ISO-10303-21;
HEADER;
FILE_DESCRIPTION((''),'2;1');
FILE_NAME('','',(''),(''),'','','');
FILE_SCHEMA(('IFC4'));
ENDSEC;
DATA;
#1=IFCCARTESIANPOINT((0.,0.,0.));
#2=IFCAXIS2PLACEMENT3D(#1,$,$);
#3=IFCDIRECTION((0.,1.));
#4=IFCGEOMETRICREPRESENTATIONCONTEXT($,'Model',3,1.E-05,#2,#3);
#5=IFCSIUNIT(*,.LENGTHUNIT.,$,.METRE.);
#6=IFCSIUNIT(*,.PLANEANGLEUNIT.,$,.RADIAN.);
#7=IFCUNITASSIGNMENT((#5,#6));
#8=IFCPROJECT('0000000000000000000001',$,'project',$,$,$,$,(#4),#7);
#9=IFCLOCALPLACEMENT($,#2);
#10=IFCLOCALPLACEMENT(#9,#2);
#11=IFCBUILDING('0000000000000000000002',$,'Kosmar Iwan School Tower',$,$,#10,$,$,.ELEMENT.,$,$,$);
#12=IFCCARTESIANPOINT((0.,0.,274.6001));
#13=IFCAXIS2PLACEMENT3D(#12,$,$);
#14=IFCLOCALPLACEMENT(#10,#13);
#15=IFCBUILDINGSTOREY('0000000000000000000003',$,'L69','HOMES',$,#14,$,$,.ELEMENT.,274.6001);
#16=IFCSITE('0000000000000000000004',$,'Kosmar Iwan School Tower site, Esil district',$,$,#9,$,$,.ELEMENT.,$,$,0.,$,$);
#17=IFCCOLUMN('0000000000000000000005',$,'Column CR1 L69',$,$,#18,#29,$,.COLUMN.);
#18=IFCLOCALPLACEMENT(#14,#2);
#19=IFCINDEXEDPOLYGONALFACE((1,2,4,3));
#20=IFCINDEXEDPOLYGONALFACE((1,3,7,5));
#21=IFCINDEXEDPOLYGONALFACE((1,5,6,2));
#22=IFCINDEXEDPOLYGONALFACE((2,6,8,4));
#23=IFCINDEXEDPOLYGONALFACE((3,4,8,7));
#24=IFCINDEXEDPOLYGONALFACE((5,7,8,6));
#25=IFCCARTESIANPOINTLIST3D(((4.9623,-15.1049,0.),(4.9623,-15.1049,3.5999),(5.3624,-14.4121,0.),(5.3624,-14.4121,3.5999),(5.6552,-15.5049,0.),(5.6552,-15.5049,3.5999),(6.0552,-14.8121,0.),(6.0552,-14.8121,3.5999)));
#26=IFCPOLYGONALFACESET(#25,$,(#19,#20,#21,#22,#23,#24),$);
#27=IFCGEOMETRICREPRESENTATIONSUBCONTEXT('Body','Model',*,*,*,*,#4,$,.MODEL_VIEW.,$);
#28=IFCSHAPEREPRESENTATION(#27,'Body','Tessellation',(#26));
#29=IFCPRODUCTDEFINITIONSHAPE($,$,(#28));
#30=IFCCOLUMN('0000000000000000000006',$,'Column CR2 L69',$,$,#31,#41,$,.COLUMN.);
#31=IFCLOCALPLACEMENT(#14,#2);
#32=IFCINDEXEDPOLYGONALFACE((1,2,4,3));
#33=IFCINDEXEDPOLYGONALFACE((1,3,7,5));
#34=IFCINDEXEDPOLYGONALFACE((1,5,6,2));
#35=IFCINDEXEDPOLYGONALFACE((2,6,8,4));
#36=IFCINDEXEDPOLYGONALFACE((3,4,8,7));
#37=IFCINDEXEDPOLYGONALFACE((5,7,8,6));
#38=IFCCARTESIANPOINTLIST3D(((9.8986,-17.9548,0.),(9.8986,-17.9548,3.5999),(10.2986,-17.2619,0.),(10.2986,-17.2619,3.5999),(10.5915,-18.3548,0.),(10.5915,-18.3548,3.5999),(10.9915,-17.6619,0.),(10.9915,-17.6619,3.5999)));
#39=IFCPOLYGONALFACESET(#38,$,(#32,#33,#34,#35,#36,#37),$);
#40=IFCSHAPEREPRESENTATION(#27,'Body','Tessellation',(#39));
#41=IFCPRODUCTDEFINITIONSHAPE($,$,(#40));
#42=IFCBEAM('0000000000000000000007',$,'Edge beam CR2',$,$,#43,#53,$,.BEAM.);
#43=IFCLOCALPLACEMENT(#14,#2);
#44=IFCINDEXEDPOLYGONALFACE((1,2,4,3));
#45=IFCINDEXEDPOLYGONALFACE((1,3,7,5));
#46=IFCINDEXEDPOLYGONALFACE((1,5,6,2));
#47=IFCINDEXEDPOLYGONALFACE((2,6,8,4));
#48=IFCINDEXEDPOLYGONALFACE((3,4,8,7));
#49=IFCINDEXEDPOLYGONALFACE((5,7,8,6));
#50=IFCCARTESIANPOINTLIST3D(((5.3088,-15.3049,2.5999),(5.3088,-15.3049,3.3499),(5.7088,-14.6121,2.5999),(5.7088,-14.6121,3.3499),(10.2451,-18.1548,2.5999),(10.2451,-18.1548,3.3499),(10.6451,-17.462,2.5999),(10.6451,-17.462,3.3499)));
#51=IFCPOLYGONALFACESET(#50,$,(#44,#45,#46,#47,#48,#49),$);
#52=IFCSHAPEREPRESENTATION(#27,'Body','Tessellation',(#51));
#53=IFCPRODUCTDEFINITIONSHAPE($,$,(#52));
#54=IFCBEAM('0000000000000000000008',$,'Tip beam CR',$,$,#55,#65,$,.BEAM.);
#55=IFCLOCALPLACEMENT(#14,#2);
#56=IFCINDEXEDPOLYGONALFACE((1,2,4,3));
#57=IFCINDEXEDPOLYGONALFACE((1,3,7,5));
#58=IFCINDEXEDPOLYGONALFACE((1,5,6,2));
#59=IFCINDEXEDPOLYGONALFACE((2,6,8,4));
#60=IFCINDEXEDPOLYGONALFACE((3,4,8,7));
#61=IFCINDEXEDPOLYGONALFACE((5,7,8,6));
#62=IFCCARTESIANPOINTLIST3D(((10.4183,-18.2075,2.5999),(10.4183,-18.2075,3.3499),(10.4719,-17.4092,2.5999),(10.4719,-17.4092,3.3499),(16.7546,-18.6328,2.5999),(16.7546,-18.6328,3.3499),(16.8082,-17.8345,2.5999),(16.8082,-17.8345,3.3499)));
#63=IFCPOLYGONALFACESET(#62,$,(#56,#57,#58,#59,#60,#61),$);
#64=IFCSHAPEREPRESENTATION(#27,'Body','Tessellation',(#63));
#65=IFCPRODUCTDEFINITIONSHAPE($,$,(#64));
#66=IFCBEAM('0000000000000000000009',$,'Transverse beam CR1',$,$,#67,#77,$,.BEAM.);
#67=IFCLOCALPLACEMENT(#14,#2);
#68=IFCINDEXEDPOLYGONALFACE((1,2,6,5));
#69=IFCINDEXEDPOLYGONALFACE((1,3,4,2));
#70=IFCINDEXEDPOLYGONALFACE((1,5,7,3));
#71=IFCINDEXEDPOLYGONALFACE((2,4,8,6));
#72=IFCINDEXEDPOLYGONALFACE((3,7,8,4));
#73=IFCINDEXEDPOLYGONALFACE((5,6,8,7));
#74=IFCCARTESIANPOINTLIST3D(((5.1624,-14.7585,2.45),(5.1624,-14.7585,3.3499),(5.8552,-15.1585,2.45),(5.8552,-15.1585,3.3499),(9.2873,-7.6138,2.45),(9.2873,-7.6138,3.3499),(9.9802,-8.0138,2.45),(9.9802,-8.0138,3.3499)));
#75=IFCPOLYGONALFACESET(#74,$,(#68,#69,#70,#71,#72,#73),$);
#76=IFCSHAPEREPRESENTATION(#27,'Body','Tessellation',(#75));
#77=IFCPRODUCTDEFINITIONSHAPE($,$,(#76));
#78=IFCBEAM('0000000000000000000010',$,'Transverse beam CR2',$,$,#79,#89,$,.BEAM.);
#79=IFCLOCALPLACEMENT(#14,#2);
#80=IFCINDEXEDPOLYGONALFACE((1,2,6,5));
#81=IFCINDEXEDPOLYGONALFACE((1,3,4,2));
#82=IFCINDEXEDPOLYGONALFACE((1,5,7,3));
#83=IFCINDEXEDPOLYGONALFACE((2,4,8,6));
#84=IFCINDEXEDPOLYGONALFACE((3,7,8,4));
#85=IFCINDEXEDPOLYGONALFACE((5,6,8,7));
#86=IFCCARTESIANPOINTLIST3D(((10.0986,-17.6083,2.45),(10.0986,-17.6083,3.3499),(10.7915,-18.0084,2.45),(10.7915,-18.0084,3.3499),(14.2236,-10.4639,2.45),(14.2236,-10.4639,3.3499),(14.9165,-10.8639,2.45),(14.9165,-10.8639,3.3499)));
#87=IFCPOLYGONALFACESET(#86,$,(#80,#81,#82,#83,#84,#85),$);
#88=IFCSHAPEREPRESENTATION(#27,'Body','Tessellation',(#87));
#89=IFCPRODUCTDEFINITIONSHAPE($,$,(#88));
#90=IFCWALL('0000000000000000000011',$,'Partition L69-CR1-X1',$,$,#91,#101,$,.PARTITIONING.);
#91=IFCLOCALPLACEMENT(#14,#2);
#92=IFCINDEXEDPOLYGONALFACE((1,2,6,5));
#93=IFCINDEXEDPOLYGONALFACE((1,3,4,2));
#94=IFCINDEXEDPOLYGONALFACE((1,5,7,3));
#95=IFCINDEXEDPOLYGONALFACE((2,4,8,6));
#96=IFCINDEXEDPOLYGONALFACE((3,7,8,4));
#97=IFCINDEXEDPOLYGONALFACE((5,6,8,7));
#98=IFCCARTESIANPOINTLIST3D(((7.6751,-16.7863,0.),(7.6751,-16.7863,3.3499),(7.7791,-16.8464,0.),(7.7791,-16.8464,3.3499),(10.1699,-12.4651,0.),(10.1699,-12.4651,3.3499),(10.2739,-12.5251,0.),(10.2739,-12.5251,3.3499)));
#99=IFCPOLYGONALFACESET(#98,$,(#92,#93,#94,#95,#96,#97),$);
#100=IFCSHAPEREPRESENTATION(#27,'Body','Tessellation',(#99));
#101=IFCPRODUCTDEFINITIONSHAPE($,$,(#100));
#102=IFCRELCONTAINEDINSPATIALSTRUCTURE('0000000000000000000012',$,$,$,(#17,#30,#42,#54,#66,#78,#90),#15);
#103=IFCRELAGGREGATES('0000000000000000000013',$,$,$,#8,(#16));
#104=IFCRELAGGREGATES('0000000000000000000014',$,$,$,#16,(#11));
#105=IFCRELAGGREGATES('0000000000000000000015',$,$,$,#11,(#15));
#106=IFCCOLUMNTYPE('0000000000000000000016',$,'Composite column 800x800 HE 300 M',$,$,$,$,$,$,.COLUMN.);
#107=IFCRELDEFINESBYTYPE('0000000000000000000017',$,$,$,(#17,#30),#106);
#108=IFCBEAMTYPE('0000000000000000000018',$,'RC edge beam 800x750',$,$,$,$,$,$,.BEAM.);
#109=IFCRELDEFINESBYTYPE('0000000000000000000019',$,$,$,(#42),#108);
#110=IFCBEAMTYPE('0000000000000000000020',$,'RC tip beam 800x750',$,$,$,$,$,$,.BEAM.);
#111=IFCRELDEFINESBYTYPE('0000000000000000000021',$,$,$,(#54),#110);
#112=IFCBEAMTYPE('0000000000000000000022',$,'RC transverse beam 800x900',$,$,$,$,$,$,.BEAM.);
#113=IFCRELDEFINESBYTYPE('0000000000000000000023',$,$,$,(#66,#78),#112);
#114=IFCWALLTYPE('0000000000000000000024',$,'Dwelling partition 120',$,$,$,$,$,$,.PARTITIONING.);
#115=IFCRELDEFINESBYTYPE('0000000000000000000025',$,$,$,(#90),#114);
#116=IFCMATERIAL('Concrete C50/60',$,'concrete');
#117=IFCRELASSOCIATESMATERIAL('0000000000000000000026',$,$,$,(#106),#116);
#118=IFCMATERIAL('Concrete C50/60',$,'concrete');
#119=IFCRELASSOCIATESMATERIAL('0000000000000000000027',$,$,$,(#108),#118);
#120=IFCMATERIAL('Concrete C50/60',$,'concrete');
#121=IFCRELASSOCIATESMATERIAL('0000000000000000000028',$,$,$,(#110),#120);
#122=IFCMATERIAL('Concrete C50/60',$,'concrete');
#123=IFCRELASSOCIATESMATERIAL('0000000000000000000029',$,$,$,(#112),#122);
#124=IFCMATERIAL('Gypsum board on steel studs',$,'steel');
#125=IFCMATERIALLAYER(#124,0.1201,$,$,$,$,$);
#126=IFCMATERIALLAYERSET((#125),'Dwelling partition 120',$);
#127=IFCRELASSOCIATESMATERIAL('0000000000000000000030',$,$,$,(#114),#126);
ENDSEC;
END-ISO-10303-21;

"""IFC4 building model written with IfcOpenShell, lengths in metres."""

from ifc_helpers import new_model, si_unit, direction, frame, frame_2d, origin, origin_2d, place, context, subcontext, project, spatial, rectangle, extrude, material, layer, layer_set, material_profile, profile_set, type_object, element, save


model = new_model("IFC4")

# Units and contexts
model_context = context("Model", 3, precision=1e-05, world=origin(), true_north=direction((0.0, 1.0)))
body_context = subcontext(model_context, "Body", "Model", "MODEL_VIEW")
ifc_project = project(units=[si_unit("LENGTHUNIT", "METRE"), si_unit("PLANEANGLEUNIT", "RADIAN")], contexts=[model_context])

# Site, building, storey
site_placement = place(None, origin())
site = spatial("IfcSite", under=ifc_project, at=site_placement, Name="Kosmar Iwan School Tower site, Esil district", CompositionType="ELEMENT", RefElevation=0.0)
building_placement = place(site_placement, origin())
building = spatial("IfcBuilding", under=site, at=building_placement, Name="Kosmar Iwan School Tower", CompositionType="ELEMENT")
storey_placement = place(building_placement, frame((0.0, 0.0, 274.6001)))
storey = spatial("IfcBuildingStorey", under=building, at=storey_placement, Name="L69", Description="HOMES", CompositionType="ELEMENT", Elevation=274.6001)

# Columns
ifc_material_1 = material(Name="Concrete C50/60", Category="concrete")
ifc_material_profile_1 = material_profile(ifc_material_1, rectangle(XDim=0.8, YDim=0.8, at=origin_2d()), Name="RC 800x800 + HE 300 M")
ifc_profile_set_1 = profile_set([ifc_material_profile_1], Name="Concrete C50/60")
column_type = type_object("IfcColumnType", Name="Composite column 800x800 HE 300 M", PredefinedType="COLUMN", material=ifc_profile_set_1)
for number, where, z_axis, x_axis, name in (
    (1, (5.5088, -14.9585, 0.0), (0.0, 0.0, 1.0), (0.866025, -0.5, 0.0), "Column CR1 L69"),
    (2, (10.4451, -17.8083, 0.0), (0.0, 0.0, 1.0), (0.866025, -0.5, 0.0), "Column CR2 L69"),
):
    element("IfcColumn", number, at=place(storey_placement, frame(where, z_axis=z_axis, x_axis=x_axis)), inside=storey, type_object=column_type, Name=name, PredefinedType="COLUMN", context=body_context, shape_type="SweptSolid", body=[
        extrude(rectangle(XDim=0.8, YDim=0.8, at=origin_2d()), origin(), (0.0, 0.0, 1.0), 3.5999),
    ])

# Beams
ifc_material_2 = material(Name="Concrete C50/60", Category="concrete")
ifc_material_profile_2 = material_profile(ifc_material_2, rectangle(XDim=0.8, YDim=0.75, at=origin_2d()), Name="RC 800x750")
ifc_profile_set_2 = profile_set([ifc_material_profile_2], Name="Concrete C50/60")
beam_type_1 = type_object("IfcBeamType", Name="RC edge beam 800x750", PredefinedType="BEAM", material=ifc_profile_set_2)
beam_1_placement = place(storey_placement, frame((5.5088, -14.9585, 2.9749), z_axis=(0.866034, -0.499986, 0.0), x_axis=(0.499986, 0.866034, 0.0)))
element("IfcBeam", 3, at=beam_1_placement, inside=storey, type_object=beam_type_1, Name="Edge beam CR2", PredefinedType="BEAM", context=body_context, shape_type="SweptSolid", body=[
    extrude(rectangle(XDim=0.8, YDim=0.75, at=origin_2d()), origin(), (0.0, 0.0, 1.0), 5.7),
])
ifc_material_3 = material(Name="Concrete C50/60", Category="concrete")
ifc_material_profile_3 = material_profile(ifc_material_3, rectangle(XDim=0.8, YDim=0.75, at=origin_2d()), Name="RC 800x750")
ifc_profile_set_3 = profile_set([ifc_material_profile_3], Name="Concrete C50/60")
beam_type_2 = type_object("IfcBeamType", Name="RC tip beam 800x750", PredefinedType="BEAM", material=ifc_profile_set_3)
beam_2_placement = place(storey_placement, frame((10.4451, -17.8083, 2.9749), z_axis=(0.997755, -0.066968, 0.0), x_axis=(0.066968, 0.997755, 0.0)))
element("IfcBeam", 4, at=beam_2_placement, inside=storey, type_object=beam_type_2, Name="Tip beam CR", PredefinedType="BEAM", context=body_context, shape_type="SweptSolid", body=[
    extrude(rectangle(XDim=0.8, YDim=0.75, at=origin_2d()), origin(), (0.0, 0.0, 1.0), 6.3506),
])
ifc_material_4 = material(Name="Concrete C50/60", Category="concrete")
ifc_material_profile_4 = material_profile(ifc_material_4, rectangle(XDim=0.8, YDim=0.8999, at=origin_2d()), Name="RC 800x900")
ifc_profile_set_4 = profile_set([ifc_material_profile_4], Name="Concrete C50/60")
beam_type_3 = type_object("IfcBeamType", Name="RC transverse beam 800x900", PredefinedType="BEAM", material=ifc_profile_set_4)
beam_3_placement = place(storey_placement, frame((5.5088, -14.9585, 2.8999), z_axis=(0.499997, 0.866027, 0.0), x_axis=(-0.866027, 0.499997, 0.0)))
element("IfcBeam", 5, at=beam_3_placement, inside=storey, type_object=beam_type_3, Name="Transverse beam CR1", PredefinedType="BEAM", context=body_context, shape_type="SweptSolid", body=[
    extrude(rectangle(XDim=0.8, YDim=0.8999, at=origin_2d()), origin(), (0.0, 0.0, 1.0), 8.25),
])
beam_4_placement = place(storey_placement, frame((10.4451, -17.8083, 2.8999), z_axis=(0.500009, 0.86602, 0.0), x_axis=(-0.86602, 0.500009, 0.0)))
element("IfcBeam", 6, at=beam_4_placement, inside=storey, type_object=beam_type_3, Name="Transverse beam CR2", PredefinedType="BEAM", context=body_context, shape_type="SweptSolid", body=[
    extrude(rectangle(XDim=0.8, YDim=0.8999, at=origin_2d()), origin(), (0.0, 0.0, 1.0), 8.2498),
])

# Wall
ifc_material_5 = material(Name="Gypsum board on steel studs", Category="steel")
ifc_layer_1 = layer(ifc_material_5, 0.1201)
ifc_layer_set_1 = layer_set([ifc_layer_1], Name="Dwelling partition 120")
wall_type_1 = type_object("IfcWallType", Name="Dwelling partition 120", PredefinedType="PARTITIONING", material=ifc_layer_set_1)
wall_1_placement = place(storey_placement, frame((10.2219, -12.4951, 0.0), z_axis=(0.0, 0.0, 1.0), x_axis=(-0.499996, -0.866028, 0.0)))
element("IfcWall", 7, at=wall_1_placement, inside=storey, type_object=wall_type_1, Name="Partition L69-CR1-X1", PredefinedType="PARTITIONING", context=body_context, shape_type="SweptSolid", body=[
    extrude(rectangle(XDim=4.9897, YDim=0.1201, at=frame_2d((2.4949, 0.0))), origin(), (0.0, 0.0, 1.0), 3.3499),
])

save(model, "model.ifc")
